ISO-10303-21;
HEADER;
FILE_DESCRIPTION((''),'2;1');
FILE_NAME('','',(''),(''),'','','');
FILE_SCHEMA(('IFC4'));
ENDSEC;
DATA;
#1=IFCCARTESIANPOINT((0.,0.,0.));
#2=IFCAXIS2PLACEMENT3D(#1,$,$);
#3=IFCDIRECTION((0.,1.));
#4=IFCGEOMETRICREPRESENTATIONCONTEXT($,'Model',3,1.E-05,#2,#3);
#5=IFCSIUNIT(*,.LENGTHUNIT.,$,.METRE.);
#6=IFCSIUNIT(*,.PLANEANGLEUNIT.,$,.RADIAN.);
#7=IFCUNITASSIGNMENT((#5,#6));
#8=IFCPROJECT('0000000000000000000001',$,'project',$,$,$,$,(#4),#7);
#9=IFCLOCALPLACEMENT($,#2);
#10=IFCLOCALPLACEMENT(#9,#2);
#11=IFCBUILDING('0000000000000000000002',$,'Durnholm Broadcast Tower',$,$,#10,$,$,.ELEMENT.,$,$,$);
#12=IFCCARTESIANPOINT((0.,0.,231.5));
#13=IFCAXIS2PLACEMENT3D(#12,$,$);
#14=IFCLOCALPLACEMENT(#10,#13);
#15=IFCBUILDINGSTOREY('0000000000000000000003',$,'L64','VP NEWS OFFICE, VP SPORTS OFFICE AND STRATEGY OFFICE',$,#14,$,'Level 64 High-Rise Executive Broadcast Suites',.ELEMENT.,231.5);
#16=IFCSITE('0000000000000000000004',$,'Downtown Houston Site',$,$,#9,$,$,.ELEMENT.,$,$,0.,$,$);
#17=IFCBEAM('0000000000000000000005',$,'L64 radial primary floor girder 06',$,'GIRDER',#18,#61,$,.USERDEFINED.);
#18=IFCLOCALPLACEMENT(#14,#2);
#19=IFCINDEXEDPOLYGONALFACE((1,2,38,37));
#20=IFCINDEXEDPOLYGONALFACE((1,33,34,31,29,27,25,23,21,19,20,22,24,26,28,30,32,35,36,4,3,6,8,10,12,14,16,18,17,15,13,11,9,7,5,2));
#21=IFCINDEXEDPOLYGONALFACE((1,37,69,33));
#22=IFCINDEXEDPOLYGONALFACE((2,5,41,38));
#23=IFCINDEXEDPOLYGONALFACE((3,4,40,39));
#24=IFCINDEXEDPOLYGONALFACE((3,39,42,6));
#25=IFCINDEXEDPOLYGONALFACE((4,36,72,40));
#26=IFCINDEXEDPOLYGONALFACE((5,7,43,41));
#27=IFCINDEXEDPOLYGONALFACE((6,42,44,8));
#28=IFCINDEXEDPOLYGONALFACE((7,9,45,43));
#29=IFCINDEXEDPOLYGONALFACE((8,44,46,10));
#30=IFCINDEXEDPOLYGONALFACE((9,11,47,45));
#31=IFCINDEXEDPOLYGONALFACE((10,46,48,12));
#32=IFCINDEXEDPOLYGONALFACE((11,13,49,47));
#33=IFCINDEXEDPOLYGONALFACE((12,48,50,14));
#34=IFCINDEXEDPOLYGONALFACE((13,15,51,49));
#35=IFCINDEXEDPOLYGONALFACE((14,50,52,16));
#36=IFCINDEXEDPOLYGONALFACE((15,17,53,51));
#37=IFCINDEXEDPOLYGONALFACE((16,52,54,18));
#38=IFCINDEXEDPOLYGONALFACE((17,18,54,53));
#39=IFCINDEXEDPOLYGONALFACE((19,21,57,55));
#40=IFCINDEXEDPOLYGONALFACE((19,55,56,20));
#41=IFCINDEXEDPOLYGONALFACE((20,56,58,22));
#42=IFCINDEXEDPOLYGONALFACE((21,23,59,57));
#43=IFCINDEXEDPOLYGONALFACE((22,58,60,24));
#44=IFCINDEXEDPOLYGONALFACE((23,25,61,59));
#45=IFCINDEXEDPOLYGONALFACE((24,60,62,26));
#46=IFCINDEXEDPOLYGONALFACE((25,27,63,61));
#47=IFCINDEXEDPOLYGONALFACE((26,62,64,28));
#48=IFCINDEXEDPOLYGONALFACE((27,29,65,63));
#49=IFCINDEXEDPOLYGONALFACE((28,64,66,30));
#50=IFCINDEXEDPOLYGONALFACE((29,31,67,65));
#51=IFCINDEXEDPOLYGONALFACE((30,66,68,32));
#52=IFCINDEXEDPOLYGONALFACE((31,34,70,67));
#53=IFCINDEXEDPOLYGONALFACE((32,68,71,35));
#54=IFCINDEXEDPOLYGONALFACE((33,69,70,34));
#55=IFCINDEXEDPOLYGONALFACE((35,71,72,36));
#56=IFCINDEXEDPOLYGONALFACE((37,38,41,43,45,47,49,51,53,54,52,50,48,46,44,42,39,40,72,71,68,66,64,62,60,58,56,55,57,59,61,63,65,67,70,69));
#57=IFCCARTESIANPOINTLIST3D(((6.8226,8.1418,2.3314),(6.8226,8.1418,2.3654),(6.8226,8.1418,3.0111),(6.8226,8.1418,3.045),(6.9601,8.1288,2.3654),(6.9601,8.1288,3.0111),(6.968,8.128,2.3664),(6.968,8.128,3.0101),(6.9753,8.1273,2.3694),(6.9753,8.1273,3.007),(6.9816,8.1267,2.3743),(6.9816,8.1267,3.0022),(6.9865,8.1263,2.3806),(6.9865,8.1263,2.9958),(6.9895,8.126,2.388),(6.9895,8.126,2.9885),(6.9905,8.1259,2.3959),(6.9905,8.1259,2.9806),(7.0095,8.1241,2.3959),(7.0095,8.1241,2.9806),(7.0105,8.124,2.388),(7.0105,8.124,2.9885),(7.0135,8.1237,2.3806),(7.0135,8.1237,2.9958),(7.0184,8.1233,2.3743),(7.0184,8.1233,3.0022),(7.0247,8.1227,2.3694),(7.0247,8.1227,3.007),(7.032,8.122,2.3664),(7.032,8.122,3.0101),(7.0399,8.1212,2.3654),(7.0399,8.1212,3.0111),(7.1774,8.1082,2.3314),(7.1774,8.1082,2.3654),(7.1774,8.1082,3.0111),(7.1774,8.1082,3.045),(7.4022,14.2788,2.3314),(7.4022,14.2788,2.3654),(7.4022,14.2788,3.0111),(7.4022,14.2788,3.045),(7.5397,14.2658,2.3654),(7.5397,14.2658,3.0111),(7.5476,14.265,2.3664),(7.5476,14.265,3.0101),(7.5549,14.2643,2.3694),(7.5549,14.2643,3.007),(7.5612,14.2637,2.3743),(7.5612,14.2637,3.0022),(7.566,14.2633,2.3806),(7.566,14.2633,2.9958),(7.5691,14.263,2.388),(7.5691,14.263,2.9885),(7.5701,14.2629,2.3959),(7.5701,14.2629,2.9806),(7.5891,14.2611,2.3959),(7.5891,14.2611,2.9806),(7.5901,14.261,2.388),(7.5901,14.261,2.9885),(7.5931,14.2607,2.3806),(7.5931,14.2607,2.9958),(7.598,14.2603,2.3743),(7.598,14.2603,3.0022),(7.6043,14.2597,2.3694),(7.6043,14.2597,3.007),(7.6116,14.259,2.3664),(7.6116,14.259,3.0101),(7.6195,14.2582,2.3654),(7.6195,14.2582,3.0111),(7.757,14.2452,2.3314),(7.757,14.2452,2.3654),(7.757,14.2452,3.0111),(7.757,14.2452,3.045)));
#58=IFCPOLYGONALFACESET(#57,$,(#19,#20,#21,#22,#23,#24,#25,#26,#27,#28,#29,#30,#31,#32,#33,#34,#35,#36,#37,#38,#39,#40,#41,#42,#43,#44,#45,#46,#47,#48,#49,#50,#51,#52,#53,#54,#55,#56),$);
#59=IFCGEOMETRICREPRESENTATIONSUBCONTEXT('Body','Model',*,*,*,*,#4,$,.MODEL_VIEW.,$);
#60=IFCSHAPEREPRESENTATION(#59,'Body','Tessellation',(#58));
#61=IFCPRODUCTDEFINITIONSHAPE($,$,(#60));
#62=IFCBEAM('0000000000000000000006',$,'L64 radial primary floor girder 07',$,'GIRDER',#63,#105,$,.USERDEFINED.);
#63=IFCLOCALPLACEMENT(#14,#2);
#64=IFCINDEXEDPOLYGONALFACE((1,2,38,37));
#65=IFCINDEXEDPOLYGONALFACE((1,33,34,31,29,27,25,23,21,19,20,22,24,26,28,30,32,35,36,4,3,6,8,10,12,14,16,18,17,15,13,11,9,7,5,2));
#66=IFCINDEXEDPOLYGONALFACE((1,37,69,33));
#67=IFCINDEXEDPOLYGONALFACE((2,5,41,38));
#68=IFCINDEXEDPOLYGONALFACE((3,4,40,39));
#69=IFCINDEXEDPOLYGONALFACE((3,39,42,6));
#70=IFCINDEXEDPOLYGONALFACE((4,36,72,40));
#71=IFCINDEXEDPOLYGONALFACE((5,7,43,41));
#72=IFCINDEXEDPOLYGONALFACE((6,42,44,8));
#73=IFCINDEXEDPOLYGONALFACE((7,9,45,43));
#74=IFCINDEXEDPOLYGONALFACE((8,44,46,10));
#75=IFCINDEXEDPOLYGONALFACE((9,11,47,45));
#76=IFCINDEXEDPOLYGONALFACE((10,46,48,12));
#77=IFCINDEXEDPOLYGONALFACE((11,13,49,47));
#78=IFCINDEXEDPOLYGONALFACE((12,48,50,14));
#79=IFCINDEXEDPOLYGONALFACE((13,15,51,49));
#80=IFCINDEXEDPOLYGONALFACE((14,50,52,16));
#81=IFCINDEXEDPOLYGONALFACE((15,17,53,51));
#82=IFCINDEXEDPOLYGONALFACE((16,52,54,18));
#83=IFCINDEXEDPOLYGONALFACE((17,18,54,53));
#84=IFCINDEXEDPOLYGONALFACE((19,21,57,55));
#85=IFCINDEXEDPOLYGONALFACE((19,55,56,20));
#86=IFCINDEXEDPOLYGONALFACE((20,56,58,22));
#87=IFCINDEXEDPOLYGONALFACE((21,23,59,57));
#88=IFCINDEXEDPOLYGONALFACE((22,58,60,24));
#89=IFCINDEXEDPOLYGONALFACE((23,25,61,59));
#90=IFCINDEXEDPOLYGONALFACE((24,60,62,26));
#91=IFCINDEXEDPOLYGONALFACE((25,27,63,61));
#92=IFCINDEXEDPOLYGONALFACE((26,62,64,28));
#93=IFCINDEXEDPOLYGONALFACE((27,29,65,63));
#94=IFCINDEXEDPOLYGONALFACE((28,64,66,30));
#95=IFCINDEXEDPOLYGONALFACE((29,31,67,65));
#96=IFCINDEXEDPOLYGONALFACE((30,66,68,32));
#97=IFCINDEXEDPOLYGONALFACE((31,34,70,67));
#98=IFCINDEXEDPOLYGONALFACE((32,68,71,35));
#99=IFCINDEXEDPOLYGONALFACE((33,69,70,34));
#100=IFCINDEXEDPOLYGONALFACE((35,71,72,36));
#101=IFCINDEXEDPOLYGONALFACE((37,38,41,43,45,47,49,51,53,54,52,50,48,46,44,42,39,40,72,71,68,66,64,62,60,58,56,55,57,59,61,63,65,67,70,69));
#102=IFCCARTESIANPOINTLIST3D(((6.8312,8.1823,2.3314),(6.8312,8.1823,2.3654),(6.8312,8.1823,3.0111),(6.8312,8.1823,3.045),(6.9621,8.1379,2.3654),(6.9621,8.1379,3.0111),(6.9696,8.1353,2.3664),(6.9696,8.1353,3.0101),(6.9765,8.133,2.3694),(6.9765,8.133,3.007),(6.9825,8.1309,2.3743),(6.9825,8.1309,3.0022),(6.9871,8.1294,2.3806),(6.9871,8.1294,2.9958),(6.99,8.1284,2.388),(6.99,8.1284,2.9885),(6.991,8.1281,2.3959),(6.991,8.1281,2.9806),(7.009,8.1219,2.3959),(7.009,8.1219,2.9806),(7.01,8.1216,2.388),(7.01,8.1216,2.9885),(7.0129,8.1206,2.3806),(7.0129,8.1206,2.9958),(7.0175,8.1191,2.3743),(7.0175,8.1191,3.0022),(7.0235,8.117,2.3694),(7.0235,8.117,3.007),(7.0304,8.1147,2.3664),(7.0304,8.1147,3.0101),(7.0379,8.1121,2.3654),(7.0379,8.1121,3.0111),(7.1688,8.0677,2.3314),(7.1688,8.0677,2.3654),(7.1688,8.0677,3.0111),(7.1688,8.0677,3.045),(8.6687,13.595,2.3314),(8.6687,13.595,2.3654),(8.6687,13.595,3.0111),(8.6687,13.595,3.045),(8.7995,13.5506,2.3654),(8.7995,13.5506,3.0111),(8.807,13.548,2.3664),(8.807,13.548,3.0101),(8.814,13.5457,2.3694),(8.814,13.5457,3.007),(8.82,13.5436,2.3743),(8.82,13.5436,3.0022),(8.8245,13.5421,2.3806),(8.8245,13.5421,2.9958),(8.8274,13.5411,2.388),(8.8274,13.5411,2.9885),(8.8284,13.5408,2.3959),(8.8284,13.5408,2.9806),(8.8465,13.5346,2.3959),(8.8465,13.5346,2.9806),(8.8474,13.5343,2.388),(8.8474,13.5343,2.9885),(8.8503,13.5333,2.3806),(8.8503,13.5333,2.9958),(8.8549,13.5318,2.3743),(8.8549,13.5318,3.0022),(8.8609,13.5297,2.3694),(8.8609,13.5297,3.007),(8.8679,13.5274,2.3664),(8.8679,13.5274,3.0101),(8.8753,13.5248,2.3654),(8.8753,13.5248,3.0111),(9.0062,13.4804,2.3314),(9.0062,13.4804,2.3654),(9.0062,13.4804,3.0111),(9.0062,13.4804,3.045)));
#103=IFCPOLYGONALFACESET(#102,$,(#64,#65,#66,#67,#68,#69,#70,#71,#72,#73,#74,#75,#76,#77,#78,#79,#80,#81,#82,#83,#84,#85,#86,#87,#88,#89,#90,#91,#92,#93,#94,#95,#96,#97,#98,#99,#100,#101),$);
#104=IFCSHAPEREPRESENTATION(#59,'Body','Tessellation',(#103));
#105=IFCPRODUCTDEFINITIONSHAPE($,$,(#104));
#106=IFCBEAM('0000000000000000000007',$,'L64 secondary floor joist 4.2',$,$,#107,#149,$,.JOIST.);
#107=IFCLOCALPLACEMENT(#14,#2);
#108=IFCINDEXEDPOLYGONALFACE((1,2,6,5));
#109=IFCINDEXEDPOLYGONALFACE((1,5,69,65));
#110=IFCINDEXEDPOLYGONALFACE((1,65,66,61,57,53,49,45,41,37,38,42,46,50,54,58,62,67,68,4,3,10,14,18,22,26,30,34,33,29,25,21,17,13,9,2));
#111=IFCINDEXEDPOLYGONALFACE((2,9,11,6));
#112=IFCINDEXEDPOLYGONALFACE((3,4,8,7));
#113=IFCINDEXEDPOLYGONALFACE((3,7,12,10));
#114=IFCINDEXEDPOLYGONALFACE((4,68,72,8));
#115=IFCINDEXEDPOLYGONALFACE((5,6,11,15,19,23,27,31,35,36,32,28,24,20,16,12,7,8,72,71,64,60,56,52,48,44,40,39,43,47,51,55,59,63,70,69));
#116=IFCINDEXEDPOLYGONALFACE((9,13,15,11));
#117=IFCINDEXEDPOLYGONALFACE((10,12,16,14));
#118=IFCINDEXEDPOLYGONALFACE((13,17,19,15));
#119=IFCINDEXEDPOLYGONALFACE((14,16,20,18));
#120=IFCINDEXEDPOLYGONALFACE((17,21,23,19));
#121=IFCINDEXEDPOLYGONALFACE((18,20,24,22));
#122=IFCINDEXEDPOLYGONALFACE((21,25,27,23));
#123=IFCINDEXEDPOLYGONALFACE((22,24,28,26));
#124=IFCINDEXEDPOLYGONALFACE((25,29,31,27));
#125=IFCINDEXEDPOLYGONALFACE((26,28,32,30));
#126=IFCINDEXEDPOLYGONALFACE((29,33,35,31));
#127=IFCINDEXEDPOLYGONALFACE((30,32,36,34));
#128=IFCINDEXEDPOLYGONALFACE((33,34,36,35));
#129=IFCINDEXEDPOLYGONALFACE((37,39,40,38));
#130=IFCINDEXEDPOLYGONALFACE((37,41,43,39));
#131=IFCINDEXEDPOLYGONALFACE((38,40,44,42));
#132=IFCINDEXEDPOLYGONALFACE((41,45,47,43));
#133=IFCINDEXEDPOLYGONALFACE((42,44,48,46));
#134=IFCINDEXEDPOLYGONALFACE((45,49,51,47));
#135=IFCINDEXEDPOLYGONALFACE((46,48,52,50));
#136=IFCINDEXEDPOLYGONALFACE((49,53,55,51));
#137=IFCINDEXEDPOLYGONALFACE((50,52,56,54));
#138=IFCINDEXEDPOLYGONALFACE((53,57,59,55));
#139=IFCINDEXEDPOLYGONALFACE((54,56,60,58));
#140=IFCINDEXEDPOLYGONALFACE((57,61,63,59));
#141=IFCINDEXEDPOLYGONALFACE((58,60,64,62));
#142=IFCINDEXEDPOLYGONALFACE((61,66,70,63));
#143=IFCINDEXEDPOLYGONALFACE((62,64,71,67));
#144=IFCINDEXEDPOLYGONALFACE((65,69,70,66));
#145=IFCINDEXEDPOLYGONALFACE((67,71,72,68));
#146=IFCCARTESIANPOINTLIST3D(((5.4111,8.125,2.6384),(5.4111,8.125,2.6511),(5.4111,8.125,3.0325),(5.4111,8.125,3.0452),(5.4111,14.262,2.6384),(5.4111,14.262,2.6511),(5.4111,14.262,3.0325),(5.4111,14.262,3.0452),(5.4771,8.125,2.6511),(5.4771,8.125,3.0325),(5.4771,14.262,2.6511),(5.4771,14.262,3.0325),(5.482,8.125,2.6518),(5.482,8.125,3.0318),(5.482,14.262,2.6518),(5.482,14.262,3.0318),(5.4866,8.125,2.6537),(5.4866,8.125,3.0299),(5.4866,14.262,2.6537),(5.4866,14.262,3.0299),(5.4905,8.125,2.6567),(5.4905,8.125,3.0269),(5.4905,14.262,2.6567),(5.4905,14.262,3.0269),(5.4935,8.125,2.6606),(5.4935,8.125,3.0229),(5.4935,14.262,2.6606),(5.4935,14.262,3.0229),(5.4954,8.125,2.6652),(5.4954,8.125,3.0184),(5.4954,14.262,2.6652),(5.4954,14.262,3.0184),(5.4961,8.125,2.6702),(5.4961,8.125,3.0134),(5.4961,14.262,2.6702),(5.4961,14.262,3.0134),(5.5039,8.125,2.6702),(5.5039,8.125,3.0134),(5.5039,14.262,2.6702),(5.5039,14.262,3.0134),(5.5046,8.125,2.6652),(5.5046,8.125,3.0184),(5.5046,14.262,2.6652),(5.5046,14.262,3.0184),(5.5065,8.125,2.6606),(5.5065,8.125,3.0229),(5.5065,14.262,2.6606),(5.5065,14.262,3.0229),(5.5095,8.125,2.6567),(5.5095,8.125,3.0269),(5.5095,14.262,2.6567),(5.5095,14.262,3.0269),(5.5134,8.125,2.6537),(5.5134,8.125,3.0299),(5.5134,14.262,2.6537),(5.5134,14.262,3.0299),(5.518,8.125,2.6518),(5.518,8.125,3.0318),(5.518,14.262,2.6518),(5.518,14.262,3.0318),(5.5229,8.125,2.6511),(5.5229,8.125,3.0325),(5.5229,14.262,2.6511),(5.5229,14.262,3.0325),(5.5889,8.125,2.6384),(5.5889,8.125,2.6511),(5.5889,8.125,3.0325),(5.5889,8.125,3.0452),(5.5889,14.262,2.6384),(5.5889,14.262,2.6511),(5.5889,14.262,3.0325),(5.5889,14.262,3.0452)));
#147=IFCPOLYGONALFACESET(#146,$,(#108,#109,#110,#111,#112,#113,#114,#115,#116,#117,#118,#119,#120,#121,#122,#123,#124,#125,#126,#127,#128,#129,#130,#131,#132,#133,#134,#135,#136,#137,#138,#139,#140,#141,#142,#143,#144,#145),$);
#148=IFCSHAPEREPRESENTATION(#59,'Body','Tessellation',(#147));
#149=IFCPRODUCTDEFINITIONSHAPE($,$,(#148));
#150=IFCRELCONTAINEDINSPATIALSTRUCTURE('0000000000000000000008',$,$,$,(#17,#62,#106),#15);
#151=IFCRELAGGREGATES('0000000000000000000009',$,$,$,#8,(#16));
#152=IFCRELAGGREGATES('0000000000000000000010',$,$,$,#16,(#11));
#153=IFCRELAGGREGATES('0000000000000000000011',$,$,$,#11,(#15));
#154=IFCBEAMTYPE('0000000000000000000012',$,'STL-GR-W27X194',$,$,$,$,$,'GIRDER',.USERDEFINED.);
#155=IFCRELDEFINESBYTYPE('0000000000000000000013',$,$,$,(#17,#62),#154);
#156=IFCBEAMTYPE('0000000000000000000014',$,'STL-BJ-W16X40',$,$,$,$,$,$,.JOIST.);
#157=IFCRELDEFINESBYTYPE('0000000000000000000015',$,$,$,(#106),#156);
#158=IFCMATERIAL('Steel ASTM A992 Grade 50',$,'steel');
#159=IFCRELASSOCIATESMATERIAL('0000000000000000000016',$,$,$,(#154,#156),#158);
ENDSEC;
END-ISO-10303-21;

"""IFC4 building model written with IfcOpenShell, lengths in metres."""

from ifc_helpers import new_model, si_unit, direction, frame, origin, origin_2d, place, context, subcontext, project, spatial, i_section, extrude, source, transform, mapped, material, material_profile, profile_set, type_object, type_shapes, element, save


model = new_model("IFC4")

# Units and contexts
model_context = context("Model", 3, precision=1e-05, world=origin(), true_north=direction((0.0, 1.0)))
body_context = subcontext(model_context, "Body", "Model", "MODEL_VIEW")
ifc_project = project(units=[si_unit("LENGTHUNIT", "METRE"), si_unit("PLANEANGLEUNIT", "RADIAN")], contexts=[model_context])

# Site, building, storey
site_placement = place(None, origin())
site = spatial("IfcSite", under=ifc_project, at=site_placement, Name="Downtown Houston Site", CompositionType="ELEMENT", RefElevation=0.0)
building_placement = place(site_placement, origin())
building = spatial("IfcBuilding", under=site, at=building_placement, Name="Durnholm Broadcast Tower", CompositionType="ELEMENT")
storey_placement = place(building_placement, frame((0.0, 0.0, 231.5)))
storey = spatial("IfcBuildingStorey", under=building, at=storey_placement, Name="L64", Description="VP NEWS OFFICE, VP SPORTS OFFICE AND STRATEGY OFFICE", LongName="Level 64 High-Rise Executive Broadcast Suites", CompositionType="ELEMENT", Elevation=231.5)

# Beams
ifc_material_1 = material(Name="Steel ASTM A992 Grade 50", Category="steel")
ifc_material_profile_1 = material_profile(ifc_material_1, i_section(OverallWidth=0.3564, OverallDepth=0.7136, WebThickness=0.019, FlangeThickness=0.0339, FilletRadius=0.0305, at=origin_2d()), Name="W27X194")
ifc_profile_set_1 = profile_set([ifc_material_profile_1], Name="Steel ASTM A992 Grade 50")
beam_type_1 = type_object("IfcBeamType", Name="STL-GR-W27X194", ElementType="GIRDER", PredefinedType="USERDEFINED", material=ifc_profile_set_1)
shared_shape_1 = source(origin(), body_context, "Body", "SweptSolid", [
    extrude(i_section(OverallWidth=0.3564, OverallDepth=0.7136, WebThickness=0.019, FlangeThickness=0.0339, FilletRadius=0.0305, at=origin_2d()), origin(), (0.0, 0.0, 1.0), 6.1643),
])
beam_1_placement = place(storey_placement, frame((7.0, 8.125, 2.6882), z_axis=(0.094024, 0.99557, 0.0), x_axis=(-0.99557, 0.094024, 0.0)))
element("IfcBeam", 1, at=beam_1_placement, inside=storey, type_object=beam_type_1, Name="L64 radial primary floor girder 06", ObjectType="GIRDER", PredefinedType="USERDEFINED", context=body_context, shape_type="MappedRepresentation", body=[
    mapped(shared_shape_1, transform((0.0, 0.0, 0.0), x_axis=(1.0, 0.0, 0.0), y_axis=(0.0, 1.0, 0.0), z_axis=(0.0, 0.0, 1.0), scale=1.0)),
])
shared_shape_2 = source(origin(), body_context, "Body", "SweptSolid", [
    extrude(i_section(OverallWidth=0.3564, OverallDepth=0.7136, WebThickness=0.019, FlangeThickness=0.0339, FilletRadius=0.0305, at=origin_2d()), origin(), (0.0, 0.0, 1.0), 5.7161),
])
type_shapes(beam_type_1, [shared_shape_1, shared_shape_2])
beam_2_placement = place(storey_placement, frame((7.0, 8.125, 2.6882), z_axis=(0.321451, 0.946926, 0.0), x_axis=(-0.946926, 0.321451, 0.0)))
element("IfcBeam", 2, at=beam_2_placement, inside=storey, type_object=beam_type_1, Name="L64 radial primary floor girder 07", ObjectType="GIRDER", PredefinedType="USERDEFINED", context=body_context, shape_type="MappedRepresentation", body=[
    mapped(shared_shape_2, transform((0.0, 0.0, 0.0), x_axis=(1.0, 0.0, 0.0), y_axis=(0.0, 1.0, 0.0), z_axis=(0.0, 0.0, 1.0), scale=1.0)),
])
ifc_material_profile_2 = material_profile(ifc_material_1, i_section(OverallWidth=0.1777, OverallDepth=0.4067, WebThickness=0.0078, FlangeThickness=0.0127, FilletRadius=0.019, at=origin_2d()), Name="W16X40")
ifc_profile_set_2 = profile_set([ifc_material_profile_2], Name="Steel ASTM A992 Grade 50")
beam_type_2 = type_object("IfcBeamType", Name="STL-BJ-W16X40", PredefinedType="JOIST", material=ifc_profile_set_2)
shared_shape_3 = source(origin(), body_context, "Body", "SweptSolid", [
    extrude(i_section(OverallWidth=0.1777, OverallDepth=0.4067, WebThickness=0.0078, FlangeThickness=0.0127, FilletRadius=0.019, at=origin_2d()), origin(), (0.0, 0.0, 1.0), 6.137),
])
type_shapes(beam_type_2, [shared_shape_3])
beam_3_placement = place(storey_placement, frame((5.5, 8.125, 2.8418), z_axis=(0.0, 1.0, 0.0), x_axis=(-1.0, 0.0, 0.0)))
element("IfcBeam", 3, at=beam_3_placement, inside=storey, type_object=beam_type_2, Name="L64 secondary floor joist 4.2", PredefinedType="JOIST", context=body_context, shape_type="MappedRepresentation", body=[
    mapped(shared_shape_3, transform((0.0, 0.0, 0.0), x_axis=(1.0, 0.0, 0.0), y_axis=(0.0, 1.0, 0.0), z_axis=(0.0, 0.0, 1.0), scale=1.0)),
])

save(model, "model.ifc")
